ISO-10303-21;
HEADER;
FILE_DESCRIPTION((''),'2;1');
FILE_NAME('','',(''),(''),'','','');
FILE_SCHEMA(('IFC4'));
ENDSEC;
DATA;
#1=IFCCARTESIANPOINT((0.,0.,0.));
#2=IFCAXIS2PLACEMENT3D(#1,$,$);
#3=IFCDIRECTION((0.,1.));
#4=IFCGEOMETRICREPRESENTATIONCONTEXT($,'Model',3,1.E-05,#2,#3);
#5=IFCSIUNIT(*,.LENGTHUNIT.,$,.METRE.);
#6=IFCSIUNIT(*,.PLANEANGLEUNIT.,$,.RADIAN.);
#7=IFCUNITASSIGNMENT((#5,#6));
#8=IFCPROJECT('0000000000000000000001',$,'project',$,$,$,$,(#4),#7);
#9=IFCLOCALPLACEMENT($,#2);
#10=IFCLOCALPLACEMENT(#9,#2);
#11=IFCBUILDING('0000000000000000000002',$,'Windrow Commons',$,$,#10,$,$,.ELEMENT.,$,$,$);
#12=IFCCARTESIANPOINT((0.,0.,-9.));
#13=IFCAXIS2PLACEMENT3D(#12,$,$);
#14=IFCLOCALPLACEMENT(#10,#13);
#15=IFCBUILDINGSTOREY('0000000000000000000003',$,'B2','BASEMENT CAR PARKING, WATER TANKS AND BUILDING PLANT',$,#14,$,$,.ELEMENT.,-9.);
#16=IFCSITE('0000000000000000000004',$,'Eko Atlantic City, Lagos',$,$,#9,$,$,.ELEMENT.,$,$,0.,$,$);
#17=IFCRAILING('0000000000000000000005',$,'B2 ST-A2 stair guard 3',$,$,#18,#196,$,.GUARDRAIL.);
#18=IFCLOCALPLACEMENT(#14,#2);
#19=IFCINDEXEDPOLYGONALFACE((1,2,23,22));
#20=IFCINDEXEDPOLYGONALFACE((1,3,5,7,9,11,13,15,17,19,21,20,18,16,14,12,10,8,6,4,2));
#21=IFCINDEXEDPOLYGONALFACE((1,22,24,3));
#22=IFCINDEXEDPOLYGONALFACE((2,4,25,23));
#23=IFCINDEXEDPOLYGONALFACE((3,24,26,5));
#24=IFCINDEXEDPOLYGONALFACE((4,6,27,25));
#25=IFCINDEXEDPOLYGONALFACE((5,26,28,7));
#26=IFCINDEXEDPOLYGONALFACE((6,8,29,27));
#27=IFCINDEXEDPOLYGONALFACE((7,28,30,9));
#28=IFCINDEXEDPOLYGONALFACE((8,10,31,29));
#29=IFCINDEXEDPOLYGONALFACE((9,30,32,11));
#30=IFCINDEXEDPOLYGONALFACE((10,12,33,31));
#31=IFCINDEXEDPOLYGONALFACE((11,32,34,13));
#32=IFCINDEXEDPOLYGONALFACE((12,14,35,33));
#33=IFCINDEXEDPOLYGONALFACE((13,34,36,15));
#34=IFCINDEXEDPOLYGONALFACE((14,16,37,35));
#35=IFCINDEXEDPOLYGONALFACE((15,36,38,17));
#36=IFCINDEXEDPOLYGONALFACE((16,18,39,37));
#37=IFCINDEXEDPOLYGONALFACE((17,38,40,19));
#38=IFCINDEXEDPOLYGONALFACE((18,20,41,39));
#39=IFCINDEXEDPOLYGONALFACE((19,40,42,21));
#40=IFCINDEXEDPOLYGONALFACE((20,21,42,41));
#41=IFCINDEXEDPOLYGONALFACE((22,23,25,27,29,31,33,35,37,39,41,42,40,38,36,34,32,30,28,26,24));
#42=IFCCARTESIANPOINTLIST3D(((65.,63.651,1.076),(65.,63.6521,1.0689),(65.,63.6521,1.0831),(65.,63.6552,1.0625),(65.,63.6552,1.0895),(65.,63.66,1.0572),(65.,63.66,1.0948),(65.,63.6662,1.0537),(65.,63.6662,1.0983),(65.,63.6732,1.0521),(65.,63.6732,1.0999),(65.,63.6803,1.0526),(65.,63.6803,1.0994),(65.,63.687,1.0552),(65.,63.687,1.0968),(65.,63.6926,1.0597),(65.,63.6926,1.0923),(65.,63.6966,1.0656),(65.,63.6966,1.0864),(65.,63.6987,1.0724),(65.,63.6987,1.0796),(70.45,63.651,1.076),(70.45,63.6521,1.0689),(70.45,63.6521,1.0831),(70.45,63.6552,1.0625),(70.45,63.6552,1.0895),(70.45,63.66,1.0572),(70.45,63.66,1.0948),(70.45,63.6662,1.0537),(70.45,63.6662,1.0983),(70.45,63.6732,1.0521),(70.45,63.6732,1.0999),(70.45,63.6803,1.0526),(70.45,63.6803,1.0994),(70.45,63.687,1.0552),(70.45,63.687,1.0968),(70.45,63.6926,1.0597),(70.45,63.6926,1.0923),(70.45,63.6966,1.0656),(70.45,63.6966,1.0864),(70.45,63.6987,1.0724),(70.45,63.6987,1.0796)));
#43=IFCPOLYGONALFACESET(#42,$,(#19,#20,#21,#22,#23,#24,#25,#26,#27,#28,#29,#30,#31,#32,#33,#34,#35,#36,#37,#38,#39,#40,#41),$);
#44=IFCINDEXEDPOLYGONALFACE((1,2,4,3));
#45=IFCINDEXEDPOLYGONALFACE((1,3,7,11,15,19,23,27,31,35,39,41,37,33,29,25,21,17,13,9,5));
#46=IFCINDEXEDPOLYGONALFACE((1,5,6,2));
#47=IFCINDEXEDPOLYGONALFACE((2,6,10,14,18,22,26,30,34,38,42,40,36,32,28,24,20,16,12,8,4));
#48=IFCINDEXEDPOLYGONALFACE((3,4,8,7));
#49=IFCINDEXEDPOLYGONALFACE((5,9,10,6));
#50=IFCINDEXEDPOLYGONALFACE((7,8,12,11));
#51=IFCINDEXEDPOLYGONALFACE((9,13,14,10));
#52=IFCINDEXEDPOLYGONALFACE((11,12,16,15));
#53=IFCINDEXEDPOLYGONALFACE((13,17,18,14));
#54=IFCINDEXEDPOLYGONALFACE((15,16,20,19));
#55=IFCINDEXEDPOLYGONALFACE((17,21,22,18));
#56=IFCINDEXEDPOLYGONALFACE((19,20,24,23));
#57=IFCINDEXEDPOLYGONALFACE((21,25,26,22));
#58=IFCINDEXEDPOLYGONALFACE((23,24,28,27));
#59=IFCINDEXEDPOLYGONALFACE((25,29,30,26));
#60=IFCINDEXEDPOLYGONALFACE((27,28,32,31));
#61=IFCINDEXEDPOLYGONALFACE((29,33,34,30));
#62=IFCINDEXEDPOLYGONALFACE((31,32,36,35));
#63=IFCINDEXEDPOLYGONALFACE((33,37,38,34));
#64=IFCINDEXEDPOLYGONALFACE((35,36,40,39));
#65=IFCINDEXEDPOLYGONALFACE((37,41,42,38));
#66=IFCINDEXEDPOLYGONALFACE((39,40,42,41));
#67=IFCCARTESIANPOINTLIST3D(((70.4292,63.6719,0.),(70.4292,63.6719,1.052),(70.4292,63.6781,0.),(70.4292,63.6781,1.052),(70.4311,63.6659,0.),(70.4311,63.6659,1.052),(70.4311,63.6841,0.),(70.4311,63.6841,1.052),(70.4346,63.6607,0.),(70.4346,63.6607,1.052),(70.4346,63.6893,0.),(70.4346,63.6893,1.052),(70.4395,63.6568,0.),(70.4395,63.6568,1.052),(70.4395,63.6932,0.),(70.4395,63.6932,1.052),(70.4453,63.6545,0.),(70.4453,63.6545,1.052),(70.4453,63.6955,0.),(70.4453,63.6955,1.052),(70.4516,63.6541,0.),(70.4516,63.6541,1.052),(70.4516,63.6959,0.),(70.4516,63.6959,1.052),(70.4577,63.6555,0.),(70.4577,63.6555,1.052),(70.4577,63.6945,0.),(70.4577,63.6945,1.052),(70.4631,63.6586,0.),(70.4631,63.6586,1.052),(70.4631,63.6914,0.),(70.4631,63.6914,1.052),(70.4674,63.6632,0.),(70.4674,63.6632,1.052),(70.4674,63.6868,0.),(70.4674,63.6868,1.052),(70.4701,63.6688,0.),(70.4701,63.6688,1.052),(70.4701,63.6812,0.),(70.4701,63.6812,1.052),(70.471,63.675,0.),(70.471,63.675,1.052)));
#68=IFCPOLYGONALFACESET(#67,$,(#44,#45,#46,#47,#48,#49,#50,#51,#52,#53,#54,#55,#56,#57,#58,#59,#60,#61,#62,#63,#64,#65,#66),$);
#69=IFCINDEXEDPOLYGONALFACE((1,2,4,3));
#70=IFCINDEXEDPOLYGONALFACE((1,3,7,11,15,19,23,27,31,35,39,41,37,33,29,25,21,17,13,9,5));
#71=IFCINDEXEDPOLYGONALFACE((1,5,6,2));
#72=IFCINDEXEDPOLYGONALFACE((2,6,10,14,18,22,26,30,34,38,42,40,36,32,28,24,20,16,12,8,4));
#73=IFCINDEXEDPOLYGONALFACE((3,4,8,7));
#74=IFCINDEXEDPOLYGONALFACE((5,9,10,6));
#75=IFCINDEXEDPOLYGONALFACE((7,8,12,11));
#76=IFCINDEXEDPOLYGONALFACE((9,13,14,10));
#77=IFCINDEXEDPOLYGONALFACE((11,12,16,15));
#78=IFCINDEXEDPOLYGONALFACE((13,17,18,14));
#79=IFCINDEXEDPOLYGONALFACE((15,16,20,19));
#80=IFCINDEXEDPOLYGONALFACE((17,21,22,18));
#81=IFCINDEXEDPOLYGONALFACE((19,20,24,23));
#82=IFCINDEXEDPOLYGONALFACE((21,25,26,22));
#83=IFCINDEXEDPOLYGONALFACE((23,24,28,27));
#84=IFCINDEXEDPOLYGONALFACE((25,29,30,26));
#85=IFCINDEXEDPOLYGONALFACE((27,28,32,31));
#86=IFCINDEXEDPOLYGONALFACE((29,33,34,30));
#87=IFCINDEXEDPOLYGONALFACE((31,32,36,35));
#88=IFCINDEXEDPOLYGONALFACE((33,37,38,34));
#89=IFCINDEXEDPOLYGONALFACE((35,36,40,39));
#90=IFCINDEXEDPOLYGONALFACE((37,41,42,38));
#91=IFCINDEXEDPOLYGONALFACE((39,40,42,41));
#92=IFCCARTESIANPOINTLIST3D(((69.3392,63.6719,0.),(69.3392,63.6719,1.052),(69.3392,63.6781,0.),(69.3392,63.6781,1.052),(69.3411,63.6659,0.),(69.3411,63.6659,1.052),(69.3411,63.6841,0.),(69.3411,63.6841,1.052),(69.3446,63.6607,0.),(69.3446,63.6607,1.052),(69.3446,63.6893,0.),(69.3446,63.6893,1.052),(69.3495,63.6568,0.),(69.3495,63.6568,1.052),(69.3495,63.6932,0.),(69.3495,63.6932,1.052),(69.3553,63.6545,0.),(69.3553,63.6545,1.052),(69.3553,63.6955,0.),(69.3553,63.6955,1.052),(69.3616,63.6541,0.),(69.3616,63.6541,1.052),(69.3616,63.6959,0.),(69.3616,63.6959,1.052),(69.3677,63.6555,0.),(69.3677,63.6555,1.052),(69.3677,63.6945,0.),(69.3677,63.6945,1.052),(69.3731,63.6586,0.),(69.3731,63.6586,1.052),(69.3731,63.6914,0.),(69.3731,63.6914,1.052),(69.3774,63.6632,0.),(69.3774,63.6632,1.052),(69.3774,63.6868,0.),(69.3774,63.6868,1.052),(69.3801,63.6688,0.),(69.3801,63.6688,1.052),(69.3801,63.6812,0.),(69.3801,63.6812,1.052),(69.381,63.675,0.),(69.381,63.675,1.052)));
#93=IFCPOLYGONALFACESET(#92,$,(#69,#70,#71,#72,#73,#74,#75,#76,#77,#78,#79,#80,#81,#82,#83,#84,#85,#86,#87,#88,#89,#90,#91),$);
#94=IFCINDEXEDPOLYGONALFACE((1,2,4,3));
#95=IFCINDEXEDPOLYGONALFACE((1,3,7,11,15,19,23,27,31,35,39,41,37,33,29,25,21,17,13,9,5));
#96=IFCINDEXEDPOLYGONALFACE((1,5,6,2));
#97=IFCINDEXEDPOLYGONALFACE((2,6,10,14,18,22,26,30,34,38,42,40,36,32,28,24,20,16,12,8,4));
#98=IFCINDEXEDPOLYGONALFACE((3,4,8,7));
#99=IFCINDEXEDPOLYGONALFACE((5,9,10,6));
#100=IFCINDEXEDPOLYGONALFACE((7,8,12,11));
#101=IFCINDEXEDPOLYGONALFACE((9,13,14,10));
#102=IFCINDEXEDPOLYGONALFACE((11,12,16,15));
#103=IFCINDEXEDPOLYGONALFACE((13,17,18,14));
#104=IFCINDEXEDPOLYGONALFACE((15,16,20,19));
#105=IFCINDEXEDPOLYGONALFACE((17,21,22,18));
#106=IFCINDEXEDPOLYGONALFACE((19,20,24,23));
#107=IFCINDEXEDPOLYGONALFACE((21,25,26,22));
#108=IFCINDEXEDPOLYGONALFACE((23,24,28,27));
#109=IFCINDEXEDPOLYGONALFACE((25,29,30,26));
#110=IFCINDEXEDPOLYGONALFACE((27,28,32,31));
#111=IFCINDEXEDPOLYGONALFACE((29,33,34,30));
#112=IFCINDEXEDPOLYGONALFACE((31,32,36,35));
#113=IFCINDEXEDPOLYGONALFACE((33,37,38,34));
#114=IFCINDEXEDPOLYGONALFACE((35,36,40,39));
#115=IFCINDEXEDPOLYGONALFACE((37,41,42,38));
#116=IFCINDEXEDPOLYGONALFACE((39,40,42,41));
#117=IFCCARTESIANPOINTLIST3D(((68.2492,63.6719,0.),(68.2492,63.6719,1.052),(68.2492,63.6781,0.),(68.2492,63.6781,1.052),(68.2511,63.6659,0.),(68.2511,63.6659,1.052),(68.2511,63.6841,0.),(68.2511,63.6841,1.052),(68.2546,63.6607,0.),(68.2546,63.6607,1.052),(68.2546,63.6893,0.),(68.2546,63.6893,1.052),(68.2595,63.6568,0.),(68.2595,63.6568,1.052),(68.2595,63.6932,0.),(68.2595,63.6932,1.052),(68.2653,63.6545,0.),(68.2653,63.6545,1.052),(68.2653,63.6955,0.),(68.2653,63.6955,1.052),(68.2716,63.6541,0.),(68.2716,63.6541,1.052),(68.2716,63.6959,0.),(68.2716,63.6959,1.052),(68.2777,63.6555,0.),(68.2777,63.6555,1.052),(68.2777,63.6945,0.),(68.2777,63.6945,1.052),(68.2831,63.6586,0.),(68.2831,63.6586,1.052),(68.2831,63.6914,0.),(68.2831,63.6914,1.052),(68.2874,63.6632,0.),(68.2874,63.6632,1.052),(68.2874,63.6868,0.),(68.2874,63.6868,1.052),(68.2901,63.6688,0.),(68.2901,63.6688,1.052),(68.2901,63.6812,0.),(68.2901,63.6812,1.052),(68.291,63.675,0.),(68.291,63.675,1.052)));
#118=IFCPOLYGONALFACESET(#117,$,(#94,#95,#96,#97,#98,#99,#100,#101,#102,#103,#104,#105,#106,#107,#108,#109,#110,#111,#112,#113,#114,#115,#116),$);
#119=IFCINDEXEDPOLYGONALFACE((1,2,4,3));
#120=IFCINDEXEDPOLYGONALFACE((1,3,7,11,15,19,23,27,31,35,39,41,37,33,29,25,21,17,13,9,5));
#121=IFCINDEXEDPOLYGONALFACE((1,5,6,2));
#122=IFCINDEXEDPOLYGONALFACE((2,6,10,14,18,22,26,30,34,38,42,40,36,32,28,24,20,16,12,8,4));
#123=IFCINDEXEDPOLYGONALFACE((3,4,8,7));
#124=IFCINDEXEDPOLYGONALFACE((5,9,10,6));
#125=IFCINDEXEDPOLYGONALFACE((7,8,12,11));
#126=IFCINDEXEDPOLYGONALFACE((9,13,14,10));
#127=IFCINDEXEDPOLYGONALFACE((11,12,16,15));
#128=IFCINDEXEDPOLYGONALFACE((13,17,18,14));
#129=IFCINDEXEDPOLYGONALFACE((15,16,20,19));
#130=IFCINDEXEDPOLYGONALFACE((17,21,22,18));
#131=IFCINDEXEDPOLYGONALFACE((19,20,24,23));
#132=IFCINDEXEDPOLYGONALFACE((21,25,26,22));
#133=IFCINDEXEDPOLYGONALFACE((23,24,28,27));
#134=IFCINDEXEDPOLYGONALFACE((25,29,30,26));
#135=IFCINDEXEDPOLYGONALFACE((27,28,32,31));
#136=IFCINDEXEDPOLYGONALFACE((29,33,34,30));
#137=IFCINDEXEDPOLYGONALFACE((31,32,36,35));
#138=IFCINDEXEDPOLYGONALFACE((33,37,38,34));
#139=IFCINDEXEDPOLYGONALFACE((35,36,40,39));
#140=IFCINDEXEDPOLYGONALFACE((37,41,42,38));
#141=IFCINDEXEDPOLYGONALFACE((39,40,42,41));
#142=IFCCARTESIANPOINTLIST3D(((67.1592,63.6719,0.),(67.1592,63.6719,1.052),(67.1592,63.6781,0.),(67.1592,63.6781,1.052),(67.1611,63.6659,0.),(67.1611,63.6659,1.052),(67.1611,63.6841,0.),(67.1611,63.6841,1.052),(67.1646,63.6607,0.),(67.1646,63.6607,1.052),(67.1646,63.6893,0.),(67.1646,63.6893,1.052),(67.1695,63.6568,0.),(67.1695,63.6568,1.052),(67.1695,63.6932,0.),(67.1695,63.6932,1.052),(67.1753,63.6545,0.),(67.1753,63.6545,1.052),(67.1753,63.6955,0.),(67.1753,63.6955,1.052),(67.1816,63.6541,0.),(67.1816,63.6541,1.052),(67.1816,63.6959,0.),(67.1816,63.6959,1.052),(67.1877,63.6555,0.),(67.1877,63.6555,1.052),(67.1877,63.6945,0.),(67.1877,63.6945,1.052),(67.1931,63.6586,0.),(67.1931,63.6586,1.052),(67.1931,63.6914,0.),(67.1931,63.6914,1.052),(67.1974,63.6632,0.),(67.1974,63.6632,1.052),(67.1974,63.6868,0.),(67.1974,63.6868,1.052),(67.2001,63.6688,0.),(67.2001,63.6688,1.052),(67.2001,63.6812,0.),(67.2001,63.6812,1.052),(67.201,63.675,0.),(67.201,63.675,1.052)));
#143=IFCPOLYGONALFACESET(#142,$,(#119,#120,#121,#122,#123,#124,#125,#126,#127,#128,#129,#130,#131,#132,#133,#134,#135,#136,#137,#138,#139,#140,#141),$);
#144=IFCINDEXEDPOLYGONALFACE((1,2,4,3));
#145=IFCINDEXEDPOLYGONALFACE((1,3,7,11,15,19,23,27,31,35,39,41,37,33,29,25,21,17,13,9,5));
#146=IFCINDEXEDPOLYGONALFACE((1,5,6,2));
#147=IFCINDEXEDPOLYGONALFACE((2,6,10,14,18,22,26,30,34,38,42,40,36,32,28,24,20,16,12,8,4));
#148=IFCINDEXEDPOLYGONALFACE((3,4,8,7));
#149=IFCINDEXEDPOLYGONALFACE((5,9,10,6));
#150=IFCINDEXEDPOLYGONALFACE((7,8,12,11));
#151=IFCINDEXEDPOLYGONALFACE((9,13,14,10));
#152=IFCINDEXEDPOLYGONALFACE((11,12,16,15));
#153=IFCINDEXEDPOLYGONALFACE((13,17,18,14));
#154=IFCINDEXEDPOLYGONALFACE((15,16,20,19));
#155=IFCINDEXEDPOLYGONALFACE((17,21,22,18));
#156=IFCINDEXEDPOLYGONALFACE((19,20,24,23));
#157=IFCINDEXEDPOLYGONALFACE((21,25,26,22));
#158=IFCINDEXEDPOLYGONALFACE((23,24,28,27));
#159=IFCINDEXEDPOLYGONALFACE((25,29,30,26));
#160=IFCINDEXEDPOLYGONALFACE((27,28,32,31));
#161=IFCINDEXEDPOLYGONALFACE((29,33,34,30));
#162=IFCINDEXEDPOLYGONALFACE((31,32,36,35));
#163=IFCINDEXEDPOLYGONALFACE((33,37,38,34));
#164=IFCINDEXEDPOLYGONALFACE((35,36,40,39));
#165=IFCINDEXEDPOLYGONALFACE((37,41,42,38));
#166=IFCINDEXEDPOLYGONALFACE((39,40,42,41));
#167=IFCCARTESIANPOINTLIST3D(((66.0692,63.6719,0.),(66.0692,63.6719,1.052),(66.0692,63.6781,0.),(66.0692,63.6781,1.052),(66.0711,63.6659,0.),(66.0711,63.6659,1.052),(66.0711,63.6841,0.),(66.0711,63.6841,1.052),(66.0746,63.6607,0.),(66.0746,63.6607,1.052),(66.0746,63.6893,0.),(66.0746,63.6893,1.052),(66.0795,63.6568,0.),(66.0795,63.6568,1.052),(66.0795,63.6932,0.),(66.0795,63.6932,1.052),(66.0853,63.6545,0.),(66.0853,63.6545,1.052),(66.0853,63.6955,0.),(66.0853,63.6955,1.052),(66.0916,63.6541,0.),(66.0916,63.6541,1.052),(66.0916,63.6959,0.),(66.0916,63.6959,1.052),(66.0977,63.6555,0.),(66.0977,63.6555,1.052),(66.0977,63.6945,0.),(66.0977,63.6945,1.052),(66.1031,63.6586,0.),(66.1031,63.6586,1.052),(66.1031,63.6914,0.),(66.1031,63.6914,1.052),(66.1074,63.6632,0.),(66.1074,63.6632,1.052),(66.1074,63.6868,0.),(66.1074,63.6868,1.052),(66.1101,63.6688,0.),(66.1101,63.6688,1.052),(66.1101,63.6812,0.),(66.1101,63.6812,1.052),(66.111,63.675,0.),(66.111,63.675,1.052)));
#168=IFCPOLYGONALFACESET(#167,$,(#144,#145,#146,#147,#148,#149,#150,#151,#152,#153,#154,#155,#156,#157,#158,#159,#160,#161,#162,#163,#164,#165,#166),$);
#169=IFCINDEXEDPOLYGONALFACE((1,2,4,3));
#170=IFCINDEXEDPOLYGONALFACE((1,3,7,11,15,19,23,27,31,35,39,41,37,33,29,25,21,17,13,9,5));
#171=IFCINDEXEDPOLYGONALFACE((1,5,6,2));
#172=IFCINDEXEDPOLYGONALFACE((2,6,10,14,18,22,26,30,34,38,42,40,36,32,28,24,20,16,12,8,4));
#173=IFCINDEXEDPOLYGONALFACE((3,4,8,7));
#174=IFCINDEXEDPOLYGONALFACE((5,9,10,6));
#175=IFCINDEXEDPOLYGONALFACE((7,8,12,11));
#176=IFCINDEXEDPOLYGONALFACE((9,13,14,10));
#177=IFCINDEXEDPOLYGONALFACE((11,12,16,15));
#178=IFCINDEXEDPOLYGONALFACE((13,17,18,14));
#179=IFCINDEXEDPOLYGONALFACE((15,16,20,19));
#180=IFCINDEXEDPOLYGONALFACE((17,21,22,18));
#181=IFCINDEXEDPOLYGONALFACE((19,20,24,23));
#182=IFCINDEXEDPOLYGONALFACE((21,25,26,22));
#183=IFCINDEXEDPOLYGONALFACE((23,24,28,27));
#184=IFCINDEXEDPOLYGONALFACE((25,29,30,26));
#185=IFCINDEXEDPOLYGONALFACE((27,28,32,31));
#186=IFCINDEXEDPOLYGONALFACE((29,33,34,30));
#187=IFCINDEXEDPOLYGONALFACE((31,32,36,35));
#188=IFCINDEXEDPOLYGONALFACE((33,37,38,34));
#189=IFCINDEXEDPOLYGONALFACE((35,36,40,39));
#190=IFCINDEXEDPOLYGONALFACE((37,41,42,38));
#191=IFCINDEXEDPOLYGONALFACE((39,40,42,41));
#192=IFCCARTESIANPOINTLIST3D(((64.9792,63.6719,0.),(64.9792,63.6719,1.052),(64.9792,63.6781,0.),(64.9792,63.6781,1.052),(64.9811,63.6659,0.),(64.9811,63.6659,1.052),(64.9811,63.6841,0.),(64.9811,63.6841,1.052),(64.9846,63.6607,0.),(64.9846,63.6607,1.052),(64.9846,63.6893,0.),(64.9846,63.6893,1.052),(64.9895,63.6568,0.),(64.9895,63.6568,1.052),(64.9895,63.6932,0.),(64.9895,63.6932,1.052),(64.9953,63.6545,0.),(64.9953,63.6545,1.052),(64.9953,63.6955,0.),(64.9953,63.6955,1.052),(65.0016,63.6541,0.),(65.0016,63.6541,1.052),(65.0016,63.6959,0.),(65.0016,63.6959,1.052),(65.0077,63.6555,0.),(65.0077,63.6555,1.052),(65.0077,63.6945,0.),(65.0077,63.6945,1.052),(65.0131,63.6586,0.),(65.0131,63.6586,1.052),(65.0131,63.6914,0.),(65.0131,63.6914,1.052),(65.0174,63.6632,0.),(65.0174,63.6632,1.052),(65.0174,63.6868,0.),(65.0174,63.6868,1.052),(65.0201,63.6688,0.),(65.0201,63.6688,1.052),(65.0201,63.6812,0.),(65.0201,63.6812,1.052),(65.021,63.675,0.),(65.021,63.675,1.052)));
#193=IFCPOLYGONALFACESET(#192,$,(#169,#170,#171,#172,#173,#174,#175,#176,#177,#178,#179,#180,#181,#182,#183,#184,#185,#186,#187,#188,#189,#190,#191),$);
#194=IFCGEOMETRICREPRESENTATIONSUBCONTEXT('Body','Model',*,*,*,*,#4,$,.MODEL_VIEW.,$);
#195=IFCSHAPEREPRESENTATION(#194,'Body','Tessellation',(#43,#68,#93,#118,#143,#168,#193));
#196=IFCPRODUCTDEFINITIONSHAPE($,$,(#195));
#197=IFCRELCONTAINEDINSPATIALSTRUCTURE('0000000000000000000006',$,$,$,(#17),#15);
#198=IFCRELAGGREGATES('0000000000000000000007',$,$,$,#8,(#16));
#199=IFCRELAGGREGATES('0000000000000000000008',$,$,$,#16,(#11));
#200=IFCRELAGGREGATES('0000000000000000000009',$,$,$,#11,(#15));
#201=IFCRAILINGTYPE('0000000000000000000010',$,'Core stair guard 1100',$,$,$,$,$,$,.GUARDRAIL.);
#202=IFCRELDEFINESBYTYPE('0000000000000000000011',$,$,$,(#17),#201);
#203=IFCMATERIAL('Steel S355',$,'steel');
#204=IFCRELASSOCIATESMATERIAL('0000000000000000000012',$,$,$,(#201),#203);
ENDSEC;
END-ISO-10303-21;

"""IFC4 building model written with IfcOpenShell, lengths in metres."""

from ifc_helpers import new_model, si_unit, direction, frame, origin, origin_2d, place, context, subcontext, project, spatial, circle, extrude, material, type_object, element, save


model = new_model("IFC4")

# Units and contexts
model_context = context("Model", 3, precision=1e-05, world=origin(), true_north=direction((0.0, 1.0)))
body_context = subcontext(model_context, "Body", "Model", "MODEL_VIEW")
ifc_project = project(units=[si_unit("LENGTHUNIT", "METRE"), si_unit("PLANEANGLEUNIT", "RADIAN")], contexts=[model_context])

# Site, building, storey
site_placement = place(None, origin())
site = spatial("IfcSite", under=ifc_project, at=site_placement, Name="Eko Atlantic City, Lagos", CompositionType="ELEMENT", RefElevation=0.0)
building_placement = place(site_placement, origin())
building = spatial("IfcBuilding", under=site, at=building_placement, Name="Windrow Commons", CompositionType="ELEMENT")
storey_placement = place(building_placement, frame((0.0, 0.0, -9.0)))
storey = spatial("IfcBuildingStorey", under=building, at=storey_placement, Name="B2", Description="BASEMENT CAR PARKING, WATER TANKS AND BUILDING PLANT", CompositionType="ELEMENT", Elevation=-9.0)

# Railing
ifc_material_1 = material(Name="Steel S355", Category="steel")
railing_type_1 = type_object("IfcRailingType", Name="Core stair guard 1100", PredefinedType="GUARDRAIL", material=ifc_material_1)
railing_1_placement = place(storey_placement, frame((70.45, 63.675, 0.0)))
element("IfcRailing", 1, at=railing_1_placement, inside=storey, type_object=railing_type_1, Name="B2 ST-A2 stair guard 3", PredefinedType="GUARDRAIL", context=body_context, shape_type="SweptSolid", body=[
    extrude(circle(Radius=0.024, at=origin_2d()), frame((0.0, 0.0, 1.076), z_axis=(-1.0, 0.0, 0.0), x_axis=(0.0, -1.0, 0.0)), (0.0, 0.0, 1.0), 5.45),
    extrude(circle(Radius=0.021, at=origin_2d()), origin(), (0.0, 0.0, 1.0), 1.052),
    extrude(circle(Radius=0.021, at=origin_2d()), frame((-1.09, 0.0, 0.0)), (0.0, 0.0, 1.0), 1.052),
    extrude(circle(Radius=0.021, at=origin_2d()), frame((-2.18, 0.0, 0.0)), (0.0, 0.0, 1.0), 1.052),
    extrude(circle(Radius=0.021, at=origin_2d()), frame((-3.27, 0.0, 0.0)), (0.0, 0.0, 1.0), 1.052),
    extrude(circle(Radius=0.021, at=origin_2d()), frame((-4.36, 0.0, 0.0)), (0.0, 0.0, 1.0), 1.052),
    extrude(circle(Radius=0.021, at=origin_2d()), frame((-5.45, 0.0, 0.0)), (0.0, 0.0, 1.0), 1.052),
])

save(model, "model.ifc")
